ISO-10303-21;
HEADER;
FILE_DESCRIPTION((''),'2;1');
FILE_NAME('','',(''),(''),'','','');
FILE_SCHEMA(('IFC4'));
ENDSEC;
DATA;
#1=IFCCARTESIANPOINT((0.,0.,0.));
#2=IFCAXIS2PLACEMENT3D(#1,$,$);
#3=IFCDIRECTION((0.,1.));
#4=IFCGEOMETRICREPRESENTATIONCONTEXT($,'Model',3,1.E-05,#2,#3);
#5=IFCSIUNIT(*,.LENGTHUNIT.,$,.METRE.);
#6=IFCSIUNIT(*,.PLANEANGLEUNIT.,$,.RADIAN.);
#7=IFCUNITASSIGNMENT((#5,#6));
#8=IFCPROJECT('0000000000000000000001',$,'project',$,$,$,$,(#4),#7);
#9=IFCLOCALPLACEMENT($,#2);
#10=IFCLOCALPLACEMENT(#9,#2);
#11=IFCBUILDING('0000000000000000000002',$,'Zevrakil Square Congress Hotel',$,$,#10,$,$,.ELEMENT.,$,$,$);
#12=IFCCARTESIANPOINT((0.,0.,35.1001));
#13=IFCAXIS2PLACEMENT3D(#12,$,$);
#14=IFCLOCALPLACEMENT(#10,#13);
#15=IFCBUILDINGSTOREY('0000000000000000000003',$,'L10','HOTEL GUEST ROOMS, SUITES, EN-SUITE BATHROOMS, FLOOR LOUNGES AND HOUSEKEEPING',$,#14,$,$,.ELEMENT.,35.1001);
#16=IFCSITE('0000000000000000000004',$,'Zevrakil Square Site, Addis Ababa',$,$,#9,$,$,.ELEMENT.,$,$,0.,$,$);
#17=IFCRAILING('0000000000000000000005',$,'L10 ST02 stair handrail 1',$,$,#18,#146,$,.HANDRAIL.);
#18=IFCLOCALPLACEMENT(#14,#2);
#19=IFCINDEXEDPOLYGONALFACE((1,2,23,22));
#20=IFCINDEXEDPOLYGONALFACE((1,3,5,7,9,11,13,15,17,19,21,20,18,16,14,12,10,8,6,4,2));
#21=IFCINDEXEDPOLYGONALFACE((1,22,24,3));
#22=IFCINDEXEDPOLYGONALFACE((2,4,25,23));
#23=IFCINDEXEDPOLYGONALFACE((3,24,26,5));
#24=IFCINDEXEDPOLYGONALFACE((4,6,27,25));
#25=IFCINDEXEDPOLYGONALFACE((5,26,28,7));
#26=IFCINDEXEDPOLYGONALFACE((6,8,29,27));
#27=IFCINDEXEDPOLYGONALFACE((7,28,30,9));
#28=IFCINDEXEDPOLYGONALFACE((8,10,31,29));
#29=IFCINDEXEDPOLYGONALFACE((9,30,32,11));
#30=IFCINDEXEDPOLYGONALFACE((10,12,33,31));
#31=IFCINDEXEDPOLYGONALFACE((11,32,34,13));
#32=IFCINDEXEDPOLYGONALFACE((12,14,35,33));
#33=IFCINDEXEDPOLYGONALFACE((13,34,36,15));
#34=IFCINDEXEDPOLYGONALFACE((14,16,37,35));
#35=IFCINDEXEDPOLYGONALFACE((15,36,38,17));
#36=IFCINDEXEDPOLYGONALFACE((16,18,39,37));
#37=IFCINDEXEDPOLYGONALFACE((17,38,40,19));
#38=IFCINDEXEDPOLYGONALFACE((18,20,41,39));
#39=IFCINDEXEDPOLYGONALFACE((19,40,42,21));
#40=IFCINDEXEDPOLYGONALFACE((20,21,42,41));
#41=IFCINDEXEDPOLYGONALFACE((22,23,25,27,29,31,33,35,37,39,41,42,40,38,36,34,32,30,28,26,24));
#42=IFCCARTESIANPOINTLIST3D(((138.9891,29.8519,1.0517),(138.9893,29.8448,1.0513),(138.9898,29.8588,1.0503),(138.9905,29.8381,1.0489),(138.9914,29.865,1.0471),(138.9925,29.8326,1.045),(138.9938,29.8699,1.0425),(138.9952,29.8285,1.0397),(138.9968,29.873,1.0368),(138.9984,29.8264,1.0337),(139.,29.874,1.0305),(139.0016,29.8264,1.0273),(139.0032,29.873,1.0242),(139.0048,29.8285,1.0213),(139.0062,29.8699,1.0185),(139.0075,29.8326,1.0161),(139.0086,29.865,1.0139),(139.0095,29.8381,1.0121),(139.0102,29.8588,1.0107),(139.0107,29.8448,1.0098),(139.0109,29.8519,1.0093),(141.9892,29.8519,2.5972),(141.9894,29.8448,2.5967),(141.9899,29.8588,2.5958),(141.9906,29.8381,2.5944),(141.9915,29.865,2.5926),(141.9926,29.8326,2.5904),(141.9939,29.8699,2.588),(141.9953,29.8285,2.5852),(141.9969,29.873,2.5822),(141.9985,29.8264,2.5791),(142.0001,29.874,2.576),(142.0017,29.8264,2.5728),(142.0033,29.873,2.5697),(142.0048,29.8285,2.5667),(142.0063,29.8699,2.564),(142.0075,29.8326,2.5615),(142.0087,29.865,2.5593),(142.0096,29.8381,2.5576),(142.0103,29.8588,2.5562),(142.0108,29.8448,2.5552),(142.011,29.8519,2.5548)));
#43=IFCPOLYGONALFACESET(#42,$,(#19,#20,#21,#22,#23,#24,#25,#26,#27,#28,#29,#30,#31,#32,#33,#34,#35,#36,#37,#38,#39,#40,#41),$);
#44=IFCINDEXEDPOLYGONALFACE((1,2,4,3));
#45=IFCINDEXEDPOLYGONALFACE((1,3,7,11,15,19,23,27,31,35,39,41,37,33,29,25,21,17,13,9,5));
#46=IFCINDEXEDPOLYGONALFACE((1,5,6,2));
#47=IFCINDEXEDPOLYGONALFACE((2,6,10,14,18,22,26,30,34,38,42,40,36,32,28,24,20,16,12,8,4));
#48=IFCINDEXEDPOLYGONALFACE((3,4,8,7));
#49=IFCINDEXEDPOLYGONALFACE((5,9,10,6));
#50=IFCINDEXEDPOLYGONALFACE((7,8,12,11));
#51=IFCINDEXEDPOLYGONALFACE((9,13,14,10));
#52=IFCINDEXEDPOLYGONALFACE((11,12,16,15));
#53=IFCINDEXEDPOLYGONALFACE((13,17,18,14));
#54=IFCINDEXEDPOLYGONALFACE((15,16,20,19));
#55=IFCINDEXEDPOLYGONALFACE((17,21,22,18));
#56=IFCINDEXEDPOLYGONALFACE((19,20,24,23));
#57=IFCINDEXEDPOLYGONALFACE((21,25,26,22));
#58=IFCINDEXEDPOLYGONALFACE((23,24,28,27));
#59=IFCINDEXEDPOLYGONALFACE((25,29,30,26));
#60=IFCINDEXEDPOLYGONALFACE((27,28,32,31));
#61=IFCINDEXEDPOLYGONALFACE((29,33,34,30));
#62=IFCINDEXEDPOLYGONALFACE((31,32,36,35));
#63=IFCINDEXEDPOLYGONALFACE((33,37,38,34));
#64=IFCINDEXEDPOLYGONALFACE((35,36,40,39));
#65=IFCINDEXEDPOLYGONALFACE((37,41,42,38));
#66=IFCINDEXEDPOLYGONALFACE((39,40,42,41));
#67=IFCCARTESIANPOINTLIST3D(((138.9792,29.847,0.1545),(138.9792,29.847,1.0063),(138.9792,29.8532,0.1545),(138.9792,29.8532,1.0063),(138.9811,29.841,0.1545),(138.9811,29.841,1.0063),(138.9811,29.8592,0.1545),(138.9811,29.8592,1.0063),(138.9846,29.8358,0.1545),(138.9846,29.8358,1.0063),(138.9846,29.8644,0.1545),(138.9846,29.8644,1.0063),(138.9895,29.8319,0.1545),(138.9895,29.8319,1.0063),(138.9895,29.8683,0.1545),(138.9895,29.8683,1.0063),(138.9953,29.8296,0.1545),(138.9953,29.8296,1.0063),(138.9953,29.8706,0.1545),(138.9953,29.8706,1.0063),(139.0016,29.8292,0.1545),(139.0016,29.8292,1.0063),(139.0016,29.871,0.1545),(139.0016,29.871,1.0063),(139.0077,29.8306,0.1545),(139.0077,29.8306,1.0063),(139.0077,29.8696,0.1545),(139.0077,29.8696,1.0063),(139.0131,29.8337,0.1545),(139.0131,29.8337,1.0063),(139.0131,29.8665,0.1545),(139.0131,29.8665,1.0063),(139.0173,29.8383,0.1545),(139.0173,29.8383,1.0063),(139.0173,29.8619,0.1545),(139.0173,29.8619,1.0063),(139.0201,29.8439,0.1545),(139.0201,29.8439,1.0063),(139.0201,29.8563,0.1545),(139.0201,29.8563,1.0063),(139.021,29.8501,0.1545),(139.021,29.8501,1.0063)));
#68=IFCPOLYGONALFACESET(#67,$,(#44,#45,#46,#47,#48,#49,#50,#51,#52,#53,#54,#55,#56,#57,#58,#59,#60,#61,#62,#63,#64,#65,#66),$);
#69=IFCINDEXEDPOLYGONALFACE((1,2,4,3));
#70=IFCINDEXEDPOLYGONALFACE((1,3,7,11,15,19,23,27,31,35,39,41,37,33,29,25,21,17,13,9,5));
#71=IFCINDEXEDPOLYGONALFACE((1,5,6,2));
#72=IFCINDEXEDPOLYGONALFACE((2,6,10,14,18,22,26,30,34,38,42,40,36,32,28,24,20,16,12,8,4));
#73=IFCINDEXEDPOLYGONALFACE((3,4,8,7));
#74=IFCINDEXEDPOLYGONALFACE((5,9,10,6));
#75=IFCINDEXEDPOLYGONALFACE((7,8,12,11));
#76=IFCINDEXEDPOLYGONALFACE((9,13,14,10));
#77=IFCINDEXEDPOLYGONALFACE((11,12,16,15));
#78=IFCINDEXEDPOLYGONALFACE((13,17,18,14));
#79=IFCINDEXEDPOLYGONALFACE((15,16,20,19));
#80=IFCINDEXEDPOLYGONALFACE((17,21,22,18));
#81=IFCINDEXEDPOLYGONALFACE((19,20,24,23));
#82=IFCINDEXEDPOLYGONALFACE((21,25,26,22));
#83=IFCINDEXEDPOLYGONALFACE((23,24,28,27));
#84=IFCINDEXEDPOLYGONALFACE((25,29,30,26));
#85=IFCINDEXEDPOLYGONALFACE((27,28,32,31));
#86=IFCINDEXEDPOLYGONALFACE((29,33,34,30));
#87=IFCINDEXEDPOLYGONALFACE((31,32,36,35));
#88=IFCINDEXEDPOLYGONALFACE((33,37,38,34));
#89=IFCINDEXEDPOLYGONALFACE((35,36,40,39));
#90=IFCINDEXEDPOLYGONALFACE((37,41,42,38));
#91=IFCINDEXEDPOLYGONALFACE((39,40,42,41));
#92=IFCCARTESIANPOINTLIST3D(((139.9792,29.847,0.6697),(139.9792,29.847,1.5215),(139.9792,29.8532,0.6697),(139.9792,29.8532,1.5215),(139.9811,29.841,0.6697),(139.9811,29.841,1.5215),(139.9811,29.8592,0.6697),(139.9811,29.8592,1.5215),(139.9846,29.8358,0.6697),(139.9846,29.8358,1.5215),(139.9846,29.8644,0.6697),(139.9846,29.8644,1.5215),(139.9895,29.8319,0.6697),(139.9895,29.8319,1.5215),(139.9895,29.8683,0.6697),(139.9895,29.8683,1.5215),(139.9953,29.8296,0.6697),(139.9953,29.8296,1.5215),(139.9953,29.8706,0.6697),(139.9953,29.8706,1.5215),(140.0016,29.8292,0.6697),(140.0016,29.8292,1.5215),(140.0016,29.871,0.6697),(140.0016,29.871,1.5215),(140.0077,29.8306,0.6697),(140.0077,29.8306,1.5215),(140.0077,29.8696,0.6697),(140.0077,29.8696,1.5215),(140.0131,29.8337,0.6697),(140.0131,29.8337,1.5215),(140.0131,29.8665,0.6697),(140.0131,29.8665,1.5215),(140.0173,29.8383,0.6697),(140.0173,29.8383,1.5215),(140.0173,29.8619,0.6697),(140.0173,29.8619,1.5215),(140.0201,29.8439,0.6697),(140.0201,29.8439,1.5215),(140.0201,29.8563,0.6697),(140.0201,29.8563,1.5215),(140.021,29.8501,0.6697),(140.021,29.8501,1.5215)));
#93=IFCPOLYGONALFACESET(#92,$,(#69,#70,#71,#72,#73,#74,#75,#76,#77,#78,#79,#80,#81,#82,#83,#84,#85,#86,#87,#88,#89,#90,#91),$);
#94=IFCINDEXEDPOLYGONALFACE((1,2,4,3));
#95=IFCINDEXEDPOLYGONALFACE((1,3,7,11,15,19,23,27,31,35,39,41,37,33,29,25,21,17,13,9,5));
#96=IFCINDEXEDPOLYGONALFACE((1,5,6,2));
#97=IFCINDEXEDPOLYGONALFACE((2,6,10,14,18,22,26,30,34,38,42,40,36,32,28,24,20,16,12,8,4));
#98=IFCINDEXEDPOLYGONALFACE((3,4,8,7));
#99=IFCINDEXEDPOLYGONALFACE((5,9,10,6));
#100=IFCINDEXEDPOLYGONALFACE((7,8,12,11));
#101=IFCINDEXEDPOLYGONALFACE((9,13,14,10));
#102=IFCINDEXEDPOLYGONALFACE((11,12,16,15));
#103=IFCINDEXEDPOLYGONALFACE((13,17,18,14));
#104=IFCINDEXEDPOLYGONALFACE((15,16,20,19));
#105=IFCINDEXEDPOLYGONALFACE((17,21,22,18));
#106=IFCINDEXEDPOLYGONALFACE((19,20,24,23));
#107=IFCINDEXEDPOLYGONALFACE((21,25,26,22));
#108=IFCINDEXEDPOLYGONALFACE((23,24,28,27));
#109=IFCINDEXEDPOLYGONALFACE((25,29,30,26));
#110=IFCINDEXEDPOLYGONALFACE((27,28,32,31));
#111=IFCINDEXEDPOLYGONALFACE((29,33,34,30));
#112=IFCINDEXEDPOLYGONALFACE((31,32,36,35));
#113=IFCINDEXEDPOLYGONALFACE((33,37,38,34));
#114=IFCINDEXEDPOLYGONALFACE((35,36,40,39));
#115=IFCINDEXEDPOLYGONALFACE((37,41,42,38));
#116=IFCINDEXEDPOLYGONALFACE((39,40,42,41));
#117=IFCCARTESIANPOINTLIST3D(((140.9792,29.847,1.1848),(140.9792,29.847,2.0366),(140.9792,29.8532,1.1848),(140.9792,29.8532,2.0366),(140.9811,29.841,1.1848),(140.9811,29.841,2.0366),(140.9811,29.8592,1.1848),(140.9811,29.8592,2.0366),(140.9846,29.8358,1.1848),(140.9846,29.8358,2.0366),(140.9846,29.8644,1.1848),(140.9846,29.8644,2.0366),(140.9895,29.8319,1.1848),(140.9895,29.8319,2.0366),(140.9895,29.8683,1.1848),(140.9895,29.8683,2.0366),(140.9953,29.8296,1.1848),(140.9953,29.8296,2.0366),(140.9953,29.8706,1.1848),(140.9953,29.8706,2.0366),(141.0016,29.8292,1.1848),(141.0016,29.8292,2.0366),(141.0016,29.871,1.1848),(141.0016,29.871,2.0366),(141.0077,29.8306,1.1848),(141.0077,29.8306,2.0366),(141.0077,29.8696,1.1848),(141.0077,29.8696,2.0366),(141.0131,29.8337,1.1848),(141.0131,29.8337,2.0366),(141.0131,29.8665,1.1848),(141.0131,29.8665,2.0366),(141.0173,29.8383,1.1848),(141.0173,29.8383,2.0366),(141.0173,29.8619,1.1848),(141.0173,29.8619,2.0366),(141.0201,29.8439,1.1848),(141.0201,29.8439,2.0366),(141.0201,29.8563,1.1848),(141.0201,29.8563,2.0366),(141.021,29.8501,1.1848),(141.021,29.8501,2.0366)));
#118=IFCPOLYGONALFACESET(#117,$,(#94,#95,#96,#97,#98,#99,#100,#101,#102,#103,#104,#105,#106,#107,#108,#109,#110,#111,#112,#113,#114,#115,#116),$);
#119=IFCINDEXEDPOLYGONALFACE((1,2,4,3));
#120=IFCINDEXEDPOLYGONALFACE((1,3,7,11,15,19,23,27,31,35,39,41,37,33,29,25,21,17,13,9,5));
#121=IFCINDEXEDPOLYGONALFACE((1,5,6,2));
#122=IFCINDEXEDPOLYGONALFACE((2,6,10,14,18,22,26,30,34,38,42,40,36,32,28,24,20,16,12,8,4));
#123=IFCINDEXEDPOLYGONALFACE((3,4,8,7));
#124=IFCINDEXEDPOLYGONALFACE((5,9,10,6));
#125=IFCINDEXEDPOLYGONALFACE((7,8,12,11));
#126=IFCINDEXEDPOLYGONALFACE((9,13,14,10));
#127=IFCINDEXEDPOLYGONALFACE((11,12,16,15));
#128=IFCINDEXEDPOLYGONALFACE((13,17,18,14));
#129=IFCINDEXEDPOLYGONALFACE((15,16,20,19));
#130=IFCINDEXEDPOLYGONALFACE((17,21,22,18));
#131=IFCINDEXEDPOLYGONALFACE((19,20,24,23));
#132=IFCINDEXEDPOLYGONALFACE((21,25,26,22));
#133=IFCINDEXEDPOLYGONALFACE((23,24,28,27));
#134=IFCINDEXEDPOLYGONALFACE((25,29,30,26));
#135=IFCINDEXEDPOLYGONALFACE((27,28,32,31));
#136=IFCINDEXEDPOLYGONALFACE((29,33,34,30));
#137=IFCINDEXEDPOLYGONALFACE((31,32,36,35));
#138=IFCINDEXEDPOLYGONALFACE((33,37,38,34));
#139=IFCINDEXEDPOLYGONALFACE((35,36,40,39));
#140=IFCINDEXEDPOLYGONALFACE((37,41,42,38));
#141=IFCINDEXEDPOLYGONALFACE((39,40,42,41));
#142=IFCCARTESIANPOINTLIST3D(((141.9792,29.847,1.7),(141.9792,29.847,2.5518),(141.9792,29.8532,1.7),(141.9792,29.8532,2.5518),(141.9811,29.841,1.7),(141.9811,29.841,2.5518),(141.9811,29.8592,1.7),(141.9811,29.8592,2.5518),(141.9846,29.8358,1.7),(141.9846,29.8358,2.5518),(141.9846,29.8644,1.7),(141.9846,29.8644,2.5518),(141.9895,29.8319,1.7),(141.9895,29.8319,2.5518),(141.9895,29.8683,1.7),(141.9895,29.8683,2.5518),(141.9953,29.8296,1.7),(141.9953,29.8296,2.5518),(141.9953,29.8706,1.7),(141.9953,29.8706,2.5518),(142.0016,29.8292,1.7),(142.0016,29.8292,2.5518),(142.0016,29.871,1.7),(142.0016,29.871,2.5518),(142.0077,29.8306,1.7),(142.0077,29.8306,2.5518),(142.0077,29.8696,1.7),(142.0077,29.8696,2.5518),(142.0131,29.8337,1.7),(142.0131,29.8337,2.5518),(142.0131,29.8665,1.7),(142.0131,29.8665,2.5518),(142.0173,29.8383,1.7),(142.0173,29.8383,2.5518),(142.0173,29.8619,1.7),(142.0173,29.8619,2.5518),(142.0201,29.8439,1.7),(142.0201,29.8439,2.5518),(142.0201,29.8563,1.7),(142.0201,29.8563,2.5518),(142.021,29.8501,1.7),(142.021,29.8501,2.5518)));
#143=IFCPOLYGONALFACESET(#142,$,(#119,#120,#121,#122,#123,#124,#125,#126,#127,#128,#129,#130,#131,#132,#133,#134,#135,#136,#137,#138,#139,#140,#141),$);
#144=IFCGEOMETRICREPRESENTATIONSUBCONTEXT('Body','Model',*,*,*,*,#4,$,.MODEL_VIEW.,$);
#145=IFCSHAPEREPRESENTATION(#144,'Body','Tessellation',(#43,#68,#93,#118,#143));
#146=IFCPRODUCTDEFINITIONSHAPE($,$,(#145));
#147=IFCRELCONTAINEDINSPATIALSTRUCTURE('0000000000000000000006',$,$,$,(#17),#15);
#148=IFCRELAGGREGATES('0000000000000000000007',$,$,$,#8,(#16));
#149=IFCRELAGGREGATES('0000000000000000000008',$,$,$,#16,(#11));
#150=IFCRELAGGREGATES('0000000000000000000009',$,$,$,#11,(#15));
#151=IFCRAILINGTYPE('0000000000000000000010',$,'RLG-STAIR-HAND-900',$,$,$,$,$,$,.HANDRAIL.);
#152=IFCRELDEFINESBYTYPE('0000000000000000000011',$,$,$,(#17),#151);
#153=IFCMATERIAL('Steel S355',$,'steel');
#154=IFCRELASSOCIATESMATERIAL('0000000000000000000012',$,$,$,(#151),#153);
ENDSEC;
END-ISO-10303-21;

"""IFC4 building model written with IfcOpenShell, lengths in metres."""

from ifc_helpers import new_model, si_unit, direction, frame, origin, origin_2d, place, context, subcontext, project, spatial, circle, extrude, material, type_object, element, save


model = new_model("IFC4")

# Units and contexts
model_context = context("Model", 3, precision=1e-05, world=origin(), true_north=direction((0.0, 1.0)))
body_context = subcontext(model_context, "Body", "Model", "MODEL_VIEW")
ifc_project = project(units=[si_unit("LENGTHUNIT", "METRE"), si_unit("PLANEANGLEUNIT", "RADIAN")], contexts=[model_context])

# Site, building, storey
site_placement = place(None, origin())
site = spatial("IfcSite", under=ifc_project, at=site_placement, Name="Zevrakil Square Site, Addis Ababa", CompositionType="ELEMENT", RefElevation=0.0)
building_placement = place(site_placement, origin())
building = spatial("IfcBuilding", under=site, at=building_placement, Name="Zevrakil Square Congress Hotel", CompositionType="ELEMENT")
storey_placement = place(building_placement, frame((0.0, 0.0, 35.1001)))
storey = spatial("IfcBuildingStorey", under=building, at=storey_placement, Name="L10", Description="HOTEL GUEST ROOMS, SUITES, EN-SUITE BATHROOMS, FLOOR LOUNGES AND HOUSEKEEPING", CompositionType="ELEMENT", Elevation=35.1001)

# Railing
ifc_material_1 = material(Name="Steel S355", Category="steel")
railing_type_1 = type_object("IfcRailingType", Name="RLG-STAIR-HAND-900", PredefinedType="HANDRAIL", material=ifc_material_1)
railing_1_placement = place(storey_placement, frame((139.0, 29.8501, 0.1545)))
element("IfcRailing", 1, at=railing_1_placement, inside=storey, type_object=railing_type_1, Name="L10 ST02 stair handrail 1", PredefinedType="HANDRAIL", context=body_context, shape_type="SweptSolid", body=[
    extrude(circle(Radius=0.0239, at=origin_2d()), frame((0.0, 0.0, 0.876), z_axis=(0.88898, 0.0, 0.457946), x_axis=(0.0, 1.0, 0.0)), (0.0, 0.0, 1.0), 3.3748),
    extrude(circle(Radius=0.021, at=origin_2d()), origin(), (0.0, 0.0, 1.0), 0.8518),
    extrude(circle(Radius=0.021, at=origin_2d()), frame((1.0, 0.0, 0.5151)), (0.0, 0.0, 1.0), 0.8518),
    extrude(circle(Radius=0.021, at=origin_2d()), frame((2.0, 0.0, 1.0303)), (0.0, 0.0, 1.0), 0.8518),
    extrude(circle(Radius=0.021, at=origin_2d()), frame((3.0, 0.0, 1.5454)), (0.0, 0.0, 1.0), 0.8518),
])

save(model, "model.ifc")
